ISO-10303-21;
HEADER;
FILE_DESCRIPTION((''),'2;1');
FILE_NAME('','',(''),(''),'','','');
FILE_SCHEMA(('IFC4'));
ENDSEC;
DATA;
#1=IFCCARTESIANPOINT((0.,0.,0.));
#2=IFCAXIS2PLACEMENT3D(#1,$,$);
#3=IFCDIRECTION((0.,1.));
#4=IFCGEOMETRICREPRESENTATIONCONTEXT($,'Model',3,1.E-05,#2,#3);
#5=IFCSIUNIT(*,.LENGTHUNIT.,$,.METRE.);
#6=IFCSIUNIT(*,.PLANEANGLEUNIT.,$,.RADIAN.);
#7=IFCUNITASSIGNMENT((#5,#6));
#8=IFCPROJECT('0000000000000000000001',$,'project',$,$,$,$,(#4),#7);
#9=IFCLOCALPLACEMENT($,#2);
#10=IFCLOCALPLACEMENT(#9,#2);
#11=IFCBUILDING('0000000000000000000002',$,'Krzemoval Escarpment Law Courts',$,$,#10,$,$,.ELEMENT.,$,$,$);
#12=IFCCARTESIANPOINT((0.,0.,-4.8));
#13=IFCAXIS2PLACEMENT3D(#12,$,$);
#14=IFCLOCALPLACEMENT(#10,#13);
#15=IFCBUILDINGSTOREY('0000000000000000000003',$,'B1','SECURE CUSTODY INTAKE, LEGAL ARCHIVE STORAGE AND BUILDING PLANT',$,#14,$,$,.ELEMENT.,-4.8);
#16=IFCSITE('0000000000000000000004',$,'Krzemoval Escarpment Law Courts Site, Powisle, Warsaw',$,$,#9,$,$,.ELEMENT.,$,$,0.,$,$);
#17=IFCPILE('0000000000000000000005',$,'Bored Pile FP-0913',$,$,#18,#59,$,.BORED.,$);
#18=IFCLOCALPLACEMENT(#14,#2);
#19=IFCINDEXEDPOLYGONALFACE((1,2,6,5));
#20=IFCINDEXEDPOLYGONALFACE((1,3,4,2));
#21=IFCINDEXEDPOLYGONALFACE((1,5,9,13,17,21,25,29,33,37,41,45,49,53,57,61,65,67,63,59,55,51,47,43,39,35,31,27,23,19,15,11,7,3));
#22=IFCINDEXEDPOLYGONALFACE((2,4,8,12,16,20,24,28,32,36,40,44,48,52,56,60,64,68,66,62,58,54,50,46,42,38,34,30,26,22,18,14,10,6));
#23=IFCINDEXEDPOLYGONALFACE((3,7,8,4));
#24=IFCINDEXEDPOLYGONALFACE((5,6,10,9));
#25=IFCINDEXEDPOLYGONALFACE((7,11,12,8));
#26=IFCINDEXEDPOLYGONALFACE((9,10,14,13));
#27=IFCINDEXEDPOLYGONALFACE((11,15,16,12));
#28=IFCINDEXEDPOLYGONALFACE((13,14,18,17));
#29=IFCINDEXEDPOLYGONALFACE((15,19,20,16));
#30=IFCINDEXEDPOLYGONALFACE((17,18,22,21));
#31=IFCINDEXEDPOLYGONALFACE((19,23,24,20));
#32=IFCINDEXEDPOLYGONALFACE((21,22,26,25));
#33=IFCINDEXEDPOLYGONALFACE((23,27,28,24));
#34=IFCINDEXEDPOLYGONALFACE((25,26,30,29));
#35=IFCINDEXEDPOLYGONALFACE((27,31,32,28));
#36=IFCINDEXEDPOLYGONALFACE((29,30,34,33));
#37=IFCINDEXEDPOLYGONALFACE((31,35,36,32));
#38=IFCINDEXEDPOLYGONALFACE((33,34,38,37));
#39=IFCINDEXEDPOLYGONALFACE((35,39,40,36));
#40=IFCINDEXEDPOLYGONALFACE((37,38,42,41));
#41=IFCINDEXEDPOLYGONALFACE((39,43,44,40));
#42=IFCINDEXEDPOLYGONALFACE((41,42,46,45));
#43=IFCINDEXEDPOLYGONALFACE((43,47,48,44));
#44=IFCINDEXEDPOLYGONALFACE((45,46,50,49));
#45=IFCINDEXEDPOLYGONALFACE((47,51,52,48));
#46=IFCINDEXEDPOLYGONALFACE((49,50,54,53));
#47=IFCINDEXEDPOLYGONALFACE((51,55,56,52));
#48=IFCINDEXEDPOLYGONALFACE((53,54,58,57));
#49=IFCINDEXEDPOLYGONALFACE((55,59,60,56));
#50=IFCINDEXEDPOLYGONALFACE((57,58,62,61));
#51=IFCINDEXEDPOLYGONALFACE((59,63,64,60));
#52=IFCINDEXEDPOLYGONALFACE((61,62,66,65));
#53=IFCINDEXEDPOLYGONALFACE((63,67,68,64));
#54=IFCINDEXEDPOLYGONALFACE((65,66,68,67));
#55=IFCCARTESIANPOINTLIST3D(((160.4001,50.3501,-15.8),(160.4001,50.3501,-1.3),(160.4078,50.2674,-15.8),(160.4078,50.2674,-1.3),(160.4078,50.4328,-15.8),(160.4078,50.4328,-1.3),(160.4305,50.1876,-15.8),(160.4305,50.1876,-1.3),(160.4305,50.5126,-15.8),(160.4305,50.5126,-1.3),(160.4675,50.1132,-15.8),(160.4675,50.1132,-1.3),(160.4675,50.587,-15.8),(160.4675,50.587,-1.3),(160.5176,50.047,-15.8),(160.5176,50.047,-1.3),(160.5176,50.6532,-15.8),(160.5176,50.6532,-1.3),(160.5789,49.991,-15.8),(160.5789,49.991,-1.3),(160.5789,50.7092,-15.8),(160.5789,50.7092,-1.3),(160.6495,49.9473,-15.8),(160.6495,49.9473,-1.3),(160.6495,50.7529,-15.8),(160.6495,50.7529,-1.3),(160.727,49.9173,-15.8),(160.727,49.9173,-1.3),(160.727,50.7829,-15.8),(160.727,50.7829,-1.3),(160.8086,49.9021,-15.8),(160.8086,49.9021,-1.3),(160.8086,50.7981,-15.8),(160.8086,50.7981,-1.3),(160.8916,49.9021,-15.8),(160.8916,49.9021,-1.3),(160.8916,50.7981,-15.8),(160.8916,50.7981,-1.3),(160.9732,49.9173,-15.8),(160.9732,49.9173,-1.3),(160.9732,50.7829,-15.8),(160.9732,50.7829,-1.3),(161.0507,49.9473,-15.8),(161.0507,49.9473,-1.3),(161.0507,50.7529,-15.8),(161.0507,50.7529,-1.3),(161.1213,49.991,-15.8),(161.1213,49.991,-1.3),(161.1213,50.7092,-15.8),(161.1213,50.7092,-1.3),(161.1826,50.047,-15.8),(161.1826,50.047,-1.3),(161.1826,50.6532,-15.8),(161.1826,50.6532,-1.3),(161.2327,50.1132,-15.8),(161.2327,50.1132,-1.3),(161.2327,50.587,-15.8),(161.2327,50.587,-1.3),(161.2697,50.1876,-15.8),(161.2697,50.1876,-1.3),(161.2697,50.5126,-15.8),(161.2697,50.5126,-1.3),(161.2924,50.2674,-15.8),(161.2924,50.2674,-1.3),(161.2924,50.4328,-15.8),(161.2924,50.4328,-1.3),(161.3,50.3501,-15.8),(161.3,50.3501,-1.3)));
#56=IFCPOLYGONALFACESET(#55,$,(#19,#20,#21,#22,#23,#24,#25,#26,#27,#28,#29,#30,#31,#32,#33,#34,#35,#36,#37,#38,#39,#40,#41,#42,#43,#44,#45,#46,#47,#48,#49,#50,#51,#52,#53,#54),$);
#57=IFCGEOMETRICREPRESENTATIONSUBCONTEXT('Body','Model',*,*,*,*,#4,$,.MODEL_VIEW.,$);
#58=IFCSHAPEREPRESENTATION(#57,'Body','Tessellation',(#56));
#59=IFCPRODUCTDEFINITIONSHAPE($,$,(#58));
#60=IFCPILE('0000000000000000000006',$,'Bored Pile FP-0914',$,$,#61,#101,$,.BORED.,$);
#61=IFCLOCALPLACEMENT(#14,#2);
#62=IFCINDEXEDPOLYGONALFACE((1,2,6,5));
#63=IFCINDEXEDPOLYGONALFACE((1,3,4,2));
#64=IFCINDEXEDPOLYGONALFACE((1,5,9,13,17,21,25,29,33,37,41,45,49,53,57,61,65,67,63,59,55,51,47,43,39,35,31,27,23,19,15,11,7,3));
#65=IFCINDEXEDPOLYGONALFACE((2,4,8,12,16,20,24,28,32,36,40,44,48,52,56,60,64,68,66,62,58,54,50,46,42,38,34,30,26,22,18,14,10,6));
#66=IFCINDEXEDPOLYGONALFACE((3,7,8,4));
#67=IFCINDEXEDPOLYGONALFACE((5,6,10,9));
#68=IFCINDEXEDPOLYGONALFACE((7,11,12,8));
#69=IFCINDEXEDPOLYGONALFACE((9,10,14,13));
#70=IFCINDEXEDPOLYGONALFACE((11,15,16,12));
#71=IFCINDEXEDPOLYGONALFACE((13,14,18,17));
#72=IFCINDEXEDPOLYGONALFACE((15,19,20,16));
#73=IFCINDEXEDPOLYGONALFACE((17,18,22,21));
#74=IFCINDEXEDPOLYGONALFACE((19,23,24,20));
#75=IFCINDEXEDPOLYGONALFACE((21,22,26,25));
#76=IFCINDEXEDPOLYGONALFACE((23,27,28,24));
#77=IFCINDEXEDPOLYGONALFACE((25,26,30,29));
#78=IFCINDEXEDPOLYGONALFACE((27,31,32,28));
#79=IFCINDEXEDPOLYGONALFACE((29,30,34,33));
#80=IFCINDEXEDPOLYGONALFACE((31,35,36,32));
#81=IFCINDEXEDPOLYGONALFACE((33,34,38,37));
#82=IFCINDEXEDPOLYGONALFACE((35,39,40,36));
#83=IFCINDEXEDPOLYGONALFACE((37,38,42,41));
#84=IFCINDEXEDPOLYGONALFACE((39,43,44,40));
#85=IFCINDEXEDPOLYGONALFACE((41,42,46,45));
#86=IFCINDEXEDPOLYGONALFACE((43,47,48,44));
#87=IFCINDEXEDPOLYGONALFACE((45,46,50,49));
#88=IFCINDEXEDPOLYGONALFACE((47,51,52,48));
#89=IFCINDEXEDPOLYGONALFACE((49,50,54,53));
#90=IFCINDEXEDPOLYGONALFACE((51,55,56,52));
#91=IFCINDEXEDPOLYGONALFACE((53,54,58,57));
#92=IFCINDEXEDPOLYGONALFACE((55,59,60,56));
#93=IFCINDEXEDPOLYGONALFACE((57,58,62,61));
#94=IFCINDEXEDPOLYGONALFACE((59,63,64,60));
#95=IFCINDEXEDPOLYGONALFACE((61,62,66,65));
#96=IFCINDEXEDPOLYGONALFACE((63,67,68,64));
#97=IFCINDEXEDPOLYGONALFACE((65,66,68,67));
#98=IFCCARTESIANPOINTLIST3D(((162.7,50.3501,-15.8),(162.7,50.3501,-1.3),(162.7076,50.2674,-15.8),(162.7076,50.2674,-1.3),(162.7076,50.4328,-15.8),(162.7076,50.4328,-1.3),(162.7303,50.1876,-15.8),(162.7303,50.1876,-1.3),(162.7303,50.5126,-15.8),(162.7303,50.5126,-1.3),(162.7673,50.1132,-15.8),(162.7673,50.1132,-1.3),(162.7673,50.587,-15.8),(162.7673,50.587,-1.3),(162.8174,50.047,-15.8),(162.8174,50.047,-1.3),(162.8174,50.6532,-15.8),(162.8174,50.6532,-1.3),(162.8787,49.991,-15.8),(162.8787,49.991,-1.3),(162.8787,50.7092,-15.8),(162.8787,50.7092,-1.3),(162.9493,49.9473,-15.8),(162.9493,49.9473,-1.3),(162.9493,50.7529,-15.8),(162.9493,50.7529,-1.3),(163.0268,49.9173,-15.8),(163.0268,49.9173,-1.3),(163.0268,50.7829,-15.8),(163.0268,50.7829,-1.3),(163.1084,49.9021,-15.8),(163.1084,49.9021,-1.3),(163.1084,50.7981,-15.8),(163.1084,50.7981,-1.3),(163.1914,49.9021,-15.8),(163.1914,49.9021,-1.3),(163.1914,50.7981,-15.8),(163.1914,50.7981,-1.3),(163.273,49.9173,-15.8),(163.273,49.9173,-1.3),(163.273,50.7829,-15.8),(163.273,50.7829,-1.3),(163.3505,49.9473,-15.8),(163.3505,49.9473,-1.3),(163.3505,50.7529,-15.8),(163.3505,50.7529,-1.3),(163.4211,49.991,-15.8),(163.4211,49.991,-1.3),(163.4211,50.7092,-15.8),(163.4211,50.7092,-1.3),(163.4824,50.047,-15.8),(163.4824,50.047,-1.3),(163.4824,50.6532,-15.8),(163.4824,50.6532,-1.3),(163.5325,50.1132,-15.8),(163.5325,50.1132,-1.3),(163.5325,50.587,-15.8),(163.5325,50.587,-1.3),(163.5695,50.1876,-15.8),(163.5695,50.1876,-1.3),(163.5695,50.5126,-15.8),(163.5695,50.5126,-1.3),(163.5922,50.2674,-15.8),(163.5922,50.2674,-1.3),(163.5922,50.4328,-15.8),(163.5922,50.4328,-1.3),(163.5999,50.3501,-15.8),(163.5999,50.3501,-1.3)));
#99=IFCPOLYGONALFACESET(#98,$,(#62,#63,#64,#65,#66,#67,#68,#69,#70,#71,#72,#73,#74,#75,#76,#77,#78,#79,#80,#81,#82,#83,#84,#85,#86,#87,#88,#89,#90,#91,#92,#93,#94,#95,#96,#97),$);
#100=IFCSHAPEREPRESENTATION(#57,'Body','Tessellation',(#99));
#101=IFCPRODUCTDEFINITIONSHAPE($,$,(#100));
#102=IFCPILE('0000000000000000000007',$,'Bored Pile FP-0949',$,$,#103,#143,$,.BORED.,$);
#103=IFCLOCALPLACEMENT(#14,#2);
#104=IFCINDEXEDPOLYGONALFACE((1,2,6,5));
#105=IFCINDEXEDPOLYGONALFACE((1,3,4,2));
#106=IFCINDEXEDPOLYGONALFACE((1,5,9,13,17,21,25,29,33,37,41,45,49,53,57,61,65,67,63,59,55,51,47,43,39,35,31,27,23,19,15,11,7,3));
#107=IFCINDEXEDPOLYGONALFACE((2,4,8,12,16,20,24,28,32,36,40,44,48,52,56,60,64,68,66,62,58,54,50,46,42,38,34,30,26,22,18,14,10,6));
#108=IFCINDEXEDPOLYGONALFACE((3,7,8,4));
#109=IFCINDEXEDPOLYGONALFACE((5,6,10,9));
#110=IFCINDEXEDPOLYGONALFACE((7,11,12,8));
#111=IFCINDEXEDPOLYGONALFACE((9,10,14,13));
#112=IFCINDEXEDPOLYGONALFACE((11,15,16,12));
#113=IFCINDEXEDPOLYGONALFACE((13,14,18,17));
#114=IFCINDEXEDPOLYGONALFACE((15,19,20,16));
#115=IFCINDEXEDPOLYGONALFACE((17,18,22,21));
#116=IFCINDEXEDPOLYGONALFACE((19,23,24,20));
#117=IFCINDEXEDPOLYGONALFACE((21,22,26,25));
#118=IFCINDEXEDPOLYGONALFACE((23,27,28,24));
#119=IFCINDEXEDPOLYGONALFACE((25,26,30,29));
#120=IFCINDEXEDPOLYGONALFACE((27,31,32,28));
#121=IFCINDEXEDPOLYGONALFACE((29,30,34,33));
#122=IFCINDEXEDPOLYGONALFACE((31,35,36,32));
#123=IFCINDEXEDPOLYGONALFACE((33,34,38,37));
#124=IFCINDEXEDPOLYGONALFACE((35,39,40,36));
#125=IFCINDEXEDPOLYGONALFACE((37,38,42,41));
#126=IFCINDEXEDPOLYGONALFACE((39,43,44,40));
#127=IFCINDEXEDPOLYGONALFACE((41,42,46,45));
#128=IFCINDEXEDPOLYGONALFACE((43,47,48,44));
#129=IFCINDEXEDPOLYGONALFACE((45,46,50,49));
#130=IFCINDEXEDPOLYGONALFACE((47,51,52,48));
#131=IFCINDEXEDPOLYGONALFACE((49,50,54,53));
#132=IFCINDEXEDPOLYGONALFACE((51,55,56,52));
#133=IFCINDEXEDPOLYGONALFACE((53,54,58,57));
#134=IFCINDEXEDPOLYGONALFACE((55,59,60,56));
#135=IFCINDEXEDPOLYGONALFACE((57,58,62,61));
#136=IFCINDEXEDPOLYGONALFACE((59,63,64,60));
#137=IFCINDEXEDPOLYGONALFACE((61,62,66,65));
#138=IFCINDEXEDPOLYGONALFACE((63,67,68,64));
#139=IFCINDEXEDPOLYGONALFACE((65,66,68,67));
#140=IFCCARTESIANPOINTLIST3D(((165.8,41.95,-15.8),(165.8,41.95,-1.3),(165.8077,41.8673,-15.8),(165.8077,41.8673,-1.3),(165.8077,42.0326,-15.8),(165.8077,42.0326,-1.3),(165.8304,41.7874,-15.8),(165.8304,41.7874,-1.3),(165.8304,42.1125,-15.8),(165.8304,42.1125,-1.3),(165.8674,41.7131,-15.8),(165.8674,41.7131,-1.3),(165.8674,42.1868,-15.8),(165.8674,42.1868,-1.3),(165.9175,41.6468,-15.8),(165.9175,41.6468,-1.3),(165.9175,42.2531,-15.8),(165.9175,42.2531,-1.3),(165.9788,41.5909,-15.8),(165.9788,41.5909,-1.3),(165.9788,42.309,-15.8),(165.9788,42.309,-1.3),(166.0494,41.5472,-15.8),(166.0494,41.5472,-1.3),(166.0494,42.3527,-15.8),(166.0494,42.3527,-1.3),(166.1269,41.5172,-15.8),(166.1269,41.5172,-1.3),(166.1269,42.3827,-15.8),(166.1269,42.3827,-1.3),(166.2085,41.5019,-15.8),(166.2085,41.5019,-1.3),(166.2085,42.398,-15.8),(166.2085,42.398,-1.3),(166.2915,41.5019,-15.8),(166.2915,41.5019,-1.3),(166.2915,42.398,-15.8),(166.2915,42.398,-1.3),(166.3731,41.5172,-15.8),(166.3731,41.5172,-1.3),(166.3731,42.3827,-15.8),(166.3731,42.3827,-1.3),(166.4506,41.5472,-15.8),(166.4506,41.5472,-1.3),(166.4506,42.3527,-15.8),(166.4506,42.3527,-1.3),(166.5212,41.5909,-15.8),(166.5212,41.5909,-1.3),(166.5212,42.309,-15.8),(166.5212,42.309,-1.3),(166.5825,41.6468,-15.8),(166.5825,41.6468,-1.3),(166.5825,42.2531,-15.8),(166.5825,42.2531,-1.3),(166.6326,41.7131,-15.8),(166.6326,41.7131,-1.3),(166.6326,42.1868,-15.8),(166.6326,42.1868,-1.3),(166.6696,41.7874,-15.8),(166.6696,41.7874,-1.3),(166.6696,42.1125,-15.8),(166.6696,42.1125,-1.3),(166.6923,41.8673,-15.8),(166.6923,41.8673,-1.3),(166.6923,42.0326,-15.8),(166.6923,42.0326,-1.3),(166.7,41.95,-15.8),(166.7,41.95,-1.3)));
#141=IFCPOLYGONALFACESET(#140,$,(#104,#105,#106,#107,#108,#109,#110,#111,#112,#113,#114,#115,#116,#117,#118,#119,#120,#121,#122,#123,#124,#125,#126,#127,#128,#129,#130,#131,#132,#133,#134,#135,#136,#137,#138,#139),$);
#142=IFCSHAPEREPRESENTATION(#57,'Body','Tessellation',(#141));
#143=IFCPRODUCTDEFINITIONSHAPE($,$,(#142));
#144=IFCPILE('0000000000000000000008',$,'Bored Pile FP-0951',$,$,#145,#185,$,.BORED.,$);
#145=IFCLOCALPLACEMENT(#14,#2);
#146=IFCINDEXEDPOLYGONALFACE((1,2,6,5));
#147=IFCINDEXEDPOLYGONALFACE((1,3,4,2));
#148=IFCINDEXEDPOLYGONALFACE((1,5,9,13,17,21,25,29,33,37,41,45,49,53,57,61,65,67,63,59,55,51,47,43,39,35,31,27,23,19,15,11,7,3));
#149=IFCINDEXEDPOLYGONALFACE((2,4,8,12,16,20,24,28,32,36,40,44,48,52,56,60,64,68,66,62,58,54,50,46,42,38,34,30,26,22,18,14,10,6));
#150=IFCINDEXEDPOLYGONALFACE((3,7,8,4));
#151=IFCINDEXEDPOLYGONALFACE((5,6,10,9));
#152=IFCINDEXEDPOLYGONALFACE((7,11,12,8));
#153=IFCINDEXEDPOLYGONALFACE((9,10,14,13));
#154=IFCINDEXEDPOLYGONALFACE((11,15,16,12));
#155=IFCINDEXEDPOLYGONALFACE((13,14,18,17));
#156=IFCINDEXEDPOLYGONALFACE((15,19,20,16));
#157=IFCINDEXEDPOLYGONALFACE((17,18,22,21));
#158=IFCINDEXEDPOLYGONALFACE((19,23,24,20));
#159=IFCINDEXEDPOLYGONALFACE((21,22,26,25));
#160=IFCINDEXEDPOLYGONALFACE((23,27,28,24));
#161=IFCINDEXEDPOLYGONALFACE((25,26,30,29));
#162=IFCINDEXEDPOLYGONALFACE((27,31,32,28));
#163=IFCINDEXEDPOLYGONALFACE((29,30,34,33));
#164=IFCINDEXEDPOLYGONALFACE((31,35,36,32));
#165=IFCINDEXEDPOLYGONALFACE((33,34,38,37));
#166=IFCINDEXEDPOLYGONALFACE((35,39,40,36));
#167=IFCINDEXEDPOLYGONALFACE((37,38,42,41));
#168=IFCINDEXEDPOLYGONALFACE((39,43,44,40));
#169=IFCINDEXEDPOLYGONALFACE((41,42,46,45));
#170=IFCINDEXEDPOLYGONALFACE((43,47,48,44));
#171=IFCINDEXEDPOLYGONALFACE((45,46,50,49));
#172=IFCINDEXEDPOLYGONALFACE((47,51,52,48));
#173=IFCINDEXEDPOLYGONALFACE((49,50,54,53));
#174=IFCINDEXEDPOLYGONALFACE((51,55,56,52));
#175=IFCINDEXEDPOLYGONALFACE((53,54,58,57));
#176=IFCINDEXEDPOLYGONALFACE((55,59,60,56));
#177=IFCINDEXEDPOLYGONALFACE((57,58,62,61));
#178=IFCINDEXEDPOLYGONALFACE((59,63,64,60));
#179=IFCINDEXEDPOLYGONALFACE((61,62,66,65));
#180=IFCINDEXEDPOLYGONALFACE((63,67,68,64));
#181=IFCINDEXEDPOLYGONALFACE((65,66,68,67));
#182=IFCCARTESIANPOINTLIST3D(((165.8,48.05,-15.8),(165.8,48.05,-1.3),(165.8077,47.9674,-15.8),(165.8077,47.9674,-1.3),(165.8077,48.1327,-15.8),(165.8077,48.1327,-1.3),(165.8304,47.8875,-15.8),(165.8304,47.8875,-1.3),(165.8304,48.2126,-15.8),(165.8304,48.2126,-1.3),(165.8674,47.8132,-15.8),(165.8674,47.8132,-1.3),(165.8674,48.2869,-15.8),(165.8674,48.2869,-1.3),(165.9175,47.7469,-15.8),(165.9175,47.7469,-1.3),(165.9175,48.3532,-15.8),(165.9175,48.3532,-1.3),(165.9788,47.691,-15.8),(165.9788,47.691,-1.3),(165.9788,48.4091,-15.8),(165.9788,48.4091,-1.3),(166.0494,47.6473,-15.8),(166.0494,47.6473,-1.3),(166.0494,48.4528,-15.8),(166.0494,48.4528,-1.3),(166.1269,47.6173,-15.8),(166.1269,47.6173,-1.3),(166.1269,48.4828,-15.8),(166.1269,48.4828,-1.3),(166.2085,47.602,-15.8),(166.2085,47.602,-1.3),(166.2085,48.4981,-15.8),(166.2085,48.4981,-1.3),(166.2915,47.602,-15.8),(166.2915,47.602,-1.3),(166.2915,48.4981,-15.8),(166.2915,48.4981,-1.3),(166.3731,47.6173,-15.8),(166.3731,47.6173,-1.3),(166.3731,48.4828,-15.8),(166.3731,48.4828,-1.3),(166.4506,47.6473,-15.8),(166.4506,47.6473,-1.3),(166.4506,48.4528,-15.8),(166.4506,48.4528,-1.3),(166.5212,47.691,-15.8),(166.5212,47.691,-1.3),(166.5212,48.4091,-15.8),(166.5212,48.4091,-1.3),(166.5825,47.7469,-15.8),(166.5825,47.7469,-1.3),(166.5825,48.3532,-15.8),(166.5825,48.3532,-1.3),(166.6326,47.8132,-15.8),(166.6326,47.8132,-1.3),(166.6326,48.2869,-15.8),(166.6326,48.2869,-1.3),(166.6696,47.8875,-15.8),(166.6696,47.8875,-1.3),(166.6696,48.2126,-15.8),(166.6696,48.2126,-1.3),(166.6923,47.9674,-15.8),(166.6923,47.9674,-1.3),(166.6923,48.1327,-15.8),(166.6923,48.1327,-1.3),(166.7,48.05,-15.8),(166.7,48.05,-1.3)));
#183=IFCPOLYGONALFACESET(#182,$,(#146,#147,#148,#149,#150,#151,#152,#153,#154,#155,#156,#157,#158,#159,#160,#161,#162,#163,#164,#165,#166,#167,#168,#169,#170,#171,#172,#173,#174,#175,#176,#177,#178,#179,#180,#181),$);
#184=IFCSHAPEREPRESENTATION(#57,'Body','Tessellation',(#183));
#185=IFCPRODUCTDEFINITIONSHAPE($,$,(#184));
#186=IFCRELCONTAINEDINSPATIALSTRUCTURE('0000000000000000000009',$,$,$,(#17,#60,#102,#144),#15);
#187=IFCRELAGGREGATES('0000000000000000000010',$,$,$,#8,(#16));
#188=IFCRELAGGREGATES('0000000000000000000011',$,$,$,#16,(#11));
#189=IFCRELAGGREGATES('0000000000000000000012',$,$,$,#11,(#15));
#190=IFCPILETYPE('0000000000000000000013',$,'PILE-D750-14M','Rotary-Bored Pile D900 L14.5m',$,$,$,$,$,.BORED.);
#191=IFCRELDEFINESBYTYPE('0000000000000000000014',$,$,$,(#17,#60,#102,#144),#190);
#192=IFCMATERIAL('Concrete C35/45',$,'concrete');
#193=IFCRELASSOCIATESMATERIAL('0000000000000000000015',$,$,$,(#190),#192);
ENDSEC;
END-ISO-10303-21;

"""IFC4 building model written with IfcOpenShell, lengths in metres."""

from ifc_helpers import new_model, si_unit, direction, frame, origin, origin_2d, place, context, subcontext, project, spatial, circle, extrude, material, material_profile, profile_set, type_object, element, save


model = new_model("IFC4")

# Units and contexts
model_context = context("Model", 3, precision=1e-05, world=origin(), true_north=direction((0.0, 1.0)))
body_context = subcontext(model_context, "Body", "Model", "MODEL_VIEW")
ifc_project = project(units=[si_unit("LENGTHUNIT", "METRE"), si_unit("PLANEANGLEUNIT", "RADIAN")], contexts=[model_context])

# Site, building, storey
site_placement = place(None, origin())
site = spatial("IfcSite", under=ifc_project, at=site_placement, Name="Krzemoval Escarpment Law Courts Site, Powisle, Warsaw", CompositionType="ELEMENT", RefElevation=0.0)
building_placement = place(site_placement, origin())
building = spatial("IfcBuilding", under=site, at=building_placement, Name="Krzemoval Escarpment Law Courts", CompositionType="ELEMENT")
storey_placement = place(building_placement, frame((0.0, 0.0, -4.8)))
storey = spatial("IfcBuildingStorey", under=building, at=storey_placement, Name="B1", Description="SECURE CUSTODY INTAKE, LEGAL ARCHIVE STORAGE AND BUILDING PLANT", CompositionType="ELEMENT", Elevation=-4.8)

# Piles
ifc_material_1 = material(Name="Concrete C35/45", Category="concrete")
ifc_material_profile_1 = material_profile(ifc_material_1, circle(Radius=0.45, at=origin_2d()), Name="PILE D900")
ifc_profile_set_1 = profile_set([ifc_material_profile_1], Name="Concrete C35/45")
pile_type = type_object("IfcPileType", Name="PILE-D750-14M", Description="Rotary-Bored Pile D900 L14.5m", PredefinedType="BORED", material=ifc_profile_set_1)
for number, where, z_axis, x_axis, name in (
    (1, (160.8501, 50.3501, -1.3), (0.0, 0.0, -1.0), (1.0, 0.0, 0.0), "Bored Pile FP-0913"),
    (2, (163.1499, 50.3501, -1.3), (0.0, 0.0, -1.0), (1.0, 0.0, 0.0), "Bored Pile FP-0914"),
    (3, (166.25, 41.95, -1.3), (0.0, 0.0, -1.0), (1.0, 0.0, 0.0), "Bored Pile FP-0949"),
    (4, (166.25, 48.05, -1.3), (0.0, 0.0, -1.0), (1.0, 0.0, 0.0), "Bored Pile FP-0951"),
):
    element("IfcPile", number, at=place(storey_placement, frame(where, z_axis=z_axis, x_axis=x_axis)), inside=storey, type_object=pile_type, Name=name, PredefinedType="BORED", context=body_context, shape_type="SweptSolid", body=[
        extrude(circle(Radius=0.45, at=origin_2d()), origin(), (0.0, 0.0, 1.0), 14.5),
    ])

save(model, "model.ifc")
